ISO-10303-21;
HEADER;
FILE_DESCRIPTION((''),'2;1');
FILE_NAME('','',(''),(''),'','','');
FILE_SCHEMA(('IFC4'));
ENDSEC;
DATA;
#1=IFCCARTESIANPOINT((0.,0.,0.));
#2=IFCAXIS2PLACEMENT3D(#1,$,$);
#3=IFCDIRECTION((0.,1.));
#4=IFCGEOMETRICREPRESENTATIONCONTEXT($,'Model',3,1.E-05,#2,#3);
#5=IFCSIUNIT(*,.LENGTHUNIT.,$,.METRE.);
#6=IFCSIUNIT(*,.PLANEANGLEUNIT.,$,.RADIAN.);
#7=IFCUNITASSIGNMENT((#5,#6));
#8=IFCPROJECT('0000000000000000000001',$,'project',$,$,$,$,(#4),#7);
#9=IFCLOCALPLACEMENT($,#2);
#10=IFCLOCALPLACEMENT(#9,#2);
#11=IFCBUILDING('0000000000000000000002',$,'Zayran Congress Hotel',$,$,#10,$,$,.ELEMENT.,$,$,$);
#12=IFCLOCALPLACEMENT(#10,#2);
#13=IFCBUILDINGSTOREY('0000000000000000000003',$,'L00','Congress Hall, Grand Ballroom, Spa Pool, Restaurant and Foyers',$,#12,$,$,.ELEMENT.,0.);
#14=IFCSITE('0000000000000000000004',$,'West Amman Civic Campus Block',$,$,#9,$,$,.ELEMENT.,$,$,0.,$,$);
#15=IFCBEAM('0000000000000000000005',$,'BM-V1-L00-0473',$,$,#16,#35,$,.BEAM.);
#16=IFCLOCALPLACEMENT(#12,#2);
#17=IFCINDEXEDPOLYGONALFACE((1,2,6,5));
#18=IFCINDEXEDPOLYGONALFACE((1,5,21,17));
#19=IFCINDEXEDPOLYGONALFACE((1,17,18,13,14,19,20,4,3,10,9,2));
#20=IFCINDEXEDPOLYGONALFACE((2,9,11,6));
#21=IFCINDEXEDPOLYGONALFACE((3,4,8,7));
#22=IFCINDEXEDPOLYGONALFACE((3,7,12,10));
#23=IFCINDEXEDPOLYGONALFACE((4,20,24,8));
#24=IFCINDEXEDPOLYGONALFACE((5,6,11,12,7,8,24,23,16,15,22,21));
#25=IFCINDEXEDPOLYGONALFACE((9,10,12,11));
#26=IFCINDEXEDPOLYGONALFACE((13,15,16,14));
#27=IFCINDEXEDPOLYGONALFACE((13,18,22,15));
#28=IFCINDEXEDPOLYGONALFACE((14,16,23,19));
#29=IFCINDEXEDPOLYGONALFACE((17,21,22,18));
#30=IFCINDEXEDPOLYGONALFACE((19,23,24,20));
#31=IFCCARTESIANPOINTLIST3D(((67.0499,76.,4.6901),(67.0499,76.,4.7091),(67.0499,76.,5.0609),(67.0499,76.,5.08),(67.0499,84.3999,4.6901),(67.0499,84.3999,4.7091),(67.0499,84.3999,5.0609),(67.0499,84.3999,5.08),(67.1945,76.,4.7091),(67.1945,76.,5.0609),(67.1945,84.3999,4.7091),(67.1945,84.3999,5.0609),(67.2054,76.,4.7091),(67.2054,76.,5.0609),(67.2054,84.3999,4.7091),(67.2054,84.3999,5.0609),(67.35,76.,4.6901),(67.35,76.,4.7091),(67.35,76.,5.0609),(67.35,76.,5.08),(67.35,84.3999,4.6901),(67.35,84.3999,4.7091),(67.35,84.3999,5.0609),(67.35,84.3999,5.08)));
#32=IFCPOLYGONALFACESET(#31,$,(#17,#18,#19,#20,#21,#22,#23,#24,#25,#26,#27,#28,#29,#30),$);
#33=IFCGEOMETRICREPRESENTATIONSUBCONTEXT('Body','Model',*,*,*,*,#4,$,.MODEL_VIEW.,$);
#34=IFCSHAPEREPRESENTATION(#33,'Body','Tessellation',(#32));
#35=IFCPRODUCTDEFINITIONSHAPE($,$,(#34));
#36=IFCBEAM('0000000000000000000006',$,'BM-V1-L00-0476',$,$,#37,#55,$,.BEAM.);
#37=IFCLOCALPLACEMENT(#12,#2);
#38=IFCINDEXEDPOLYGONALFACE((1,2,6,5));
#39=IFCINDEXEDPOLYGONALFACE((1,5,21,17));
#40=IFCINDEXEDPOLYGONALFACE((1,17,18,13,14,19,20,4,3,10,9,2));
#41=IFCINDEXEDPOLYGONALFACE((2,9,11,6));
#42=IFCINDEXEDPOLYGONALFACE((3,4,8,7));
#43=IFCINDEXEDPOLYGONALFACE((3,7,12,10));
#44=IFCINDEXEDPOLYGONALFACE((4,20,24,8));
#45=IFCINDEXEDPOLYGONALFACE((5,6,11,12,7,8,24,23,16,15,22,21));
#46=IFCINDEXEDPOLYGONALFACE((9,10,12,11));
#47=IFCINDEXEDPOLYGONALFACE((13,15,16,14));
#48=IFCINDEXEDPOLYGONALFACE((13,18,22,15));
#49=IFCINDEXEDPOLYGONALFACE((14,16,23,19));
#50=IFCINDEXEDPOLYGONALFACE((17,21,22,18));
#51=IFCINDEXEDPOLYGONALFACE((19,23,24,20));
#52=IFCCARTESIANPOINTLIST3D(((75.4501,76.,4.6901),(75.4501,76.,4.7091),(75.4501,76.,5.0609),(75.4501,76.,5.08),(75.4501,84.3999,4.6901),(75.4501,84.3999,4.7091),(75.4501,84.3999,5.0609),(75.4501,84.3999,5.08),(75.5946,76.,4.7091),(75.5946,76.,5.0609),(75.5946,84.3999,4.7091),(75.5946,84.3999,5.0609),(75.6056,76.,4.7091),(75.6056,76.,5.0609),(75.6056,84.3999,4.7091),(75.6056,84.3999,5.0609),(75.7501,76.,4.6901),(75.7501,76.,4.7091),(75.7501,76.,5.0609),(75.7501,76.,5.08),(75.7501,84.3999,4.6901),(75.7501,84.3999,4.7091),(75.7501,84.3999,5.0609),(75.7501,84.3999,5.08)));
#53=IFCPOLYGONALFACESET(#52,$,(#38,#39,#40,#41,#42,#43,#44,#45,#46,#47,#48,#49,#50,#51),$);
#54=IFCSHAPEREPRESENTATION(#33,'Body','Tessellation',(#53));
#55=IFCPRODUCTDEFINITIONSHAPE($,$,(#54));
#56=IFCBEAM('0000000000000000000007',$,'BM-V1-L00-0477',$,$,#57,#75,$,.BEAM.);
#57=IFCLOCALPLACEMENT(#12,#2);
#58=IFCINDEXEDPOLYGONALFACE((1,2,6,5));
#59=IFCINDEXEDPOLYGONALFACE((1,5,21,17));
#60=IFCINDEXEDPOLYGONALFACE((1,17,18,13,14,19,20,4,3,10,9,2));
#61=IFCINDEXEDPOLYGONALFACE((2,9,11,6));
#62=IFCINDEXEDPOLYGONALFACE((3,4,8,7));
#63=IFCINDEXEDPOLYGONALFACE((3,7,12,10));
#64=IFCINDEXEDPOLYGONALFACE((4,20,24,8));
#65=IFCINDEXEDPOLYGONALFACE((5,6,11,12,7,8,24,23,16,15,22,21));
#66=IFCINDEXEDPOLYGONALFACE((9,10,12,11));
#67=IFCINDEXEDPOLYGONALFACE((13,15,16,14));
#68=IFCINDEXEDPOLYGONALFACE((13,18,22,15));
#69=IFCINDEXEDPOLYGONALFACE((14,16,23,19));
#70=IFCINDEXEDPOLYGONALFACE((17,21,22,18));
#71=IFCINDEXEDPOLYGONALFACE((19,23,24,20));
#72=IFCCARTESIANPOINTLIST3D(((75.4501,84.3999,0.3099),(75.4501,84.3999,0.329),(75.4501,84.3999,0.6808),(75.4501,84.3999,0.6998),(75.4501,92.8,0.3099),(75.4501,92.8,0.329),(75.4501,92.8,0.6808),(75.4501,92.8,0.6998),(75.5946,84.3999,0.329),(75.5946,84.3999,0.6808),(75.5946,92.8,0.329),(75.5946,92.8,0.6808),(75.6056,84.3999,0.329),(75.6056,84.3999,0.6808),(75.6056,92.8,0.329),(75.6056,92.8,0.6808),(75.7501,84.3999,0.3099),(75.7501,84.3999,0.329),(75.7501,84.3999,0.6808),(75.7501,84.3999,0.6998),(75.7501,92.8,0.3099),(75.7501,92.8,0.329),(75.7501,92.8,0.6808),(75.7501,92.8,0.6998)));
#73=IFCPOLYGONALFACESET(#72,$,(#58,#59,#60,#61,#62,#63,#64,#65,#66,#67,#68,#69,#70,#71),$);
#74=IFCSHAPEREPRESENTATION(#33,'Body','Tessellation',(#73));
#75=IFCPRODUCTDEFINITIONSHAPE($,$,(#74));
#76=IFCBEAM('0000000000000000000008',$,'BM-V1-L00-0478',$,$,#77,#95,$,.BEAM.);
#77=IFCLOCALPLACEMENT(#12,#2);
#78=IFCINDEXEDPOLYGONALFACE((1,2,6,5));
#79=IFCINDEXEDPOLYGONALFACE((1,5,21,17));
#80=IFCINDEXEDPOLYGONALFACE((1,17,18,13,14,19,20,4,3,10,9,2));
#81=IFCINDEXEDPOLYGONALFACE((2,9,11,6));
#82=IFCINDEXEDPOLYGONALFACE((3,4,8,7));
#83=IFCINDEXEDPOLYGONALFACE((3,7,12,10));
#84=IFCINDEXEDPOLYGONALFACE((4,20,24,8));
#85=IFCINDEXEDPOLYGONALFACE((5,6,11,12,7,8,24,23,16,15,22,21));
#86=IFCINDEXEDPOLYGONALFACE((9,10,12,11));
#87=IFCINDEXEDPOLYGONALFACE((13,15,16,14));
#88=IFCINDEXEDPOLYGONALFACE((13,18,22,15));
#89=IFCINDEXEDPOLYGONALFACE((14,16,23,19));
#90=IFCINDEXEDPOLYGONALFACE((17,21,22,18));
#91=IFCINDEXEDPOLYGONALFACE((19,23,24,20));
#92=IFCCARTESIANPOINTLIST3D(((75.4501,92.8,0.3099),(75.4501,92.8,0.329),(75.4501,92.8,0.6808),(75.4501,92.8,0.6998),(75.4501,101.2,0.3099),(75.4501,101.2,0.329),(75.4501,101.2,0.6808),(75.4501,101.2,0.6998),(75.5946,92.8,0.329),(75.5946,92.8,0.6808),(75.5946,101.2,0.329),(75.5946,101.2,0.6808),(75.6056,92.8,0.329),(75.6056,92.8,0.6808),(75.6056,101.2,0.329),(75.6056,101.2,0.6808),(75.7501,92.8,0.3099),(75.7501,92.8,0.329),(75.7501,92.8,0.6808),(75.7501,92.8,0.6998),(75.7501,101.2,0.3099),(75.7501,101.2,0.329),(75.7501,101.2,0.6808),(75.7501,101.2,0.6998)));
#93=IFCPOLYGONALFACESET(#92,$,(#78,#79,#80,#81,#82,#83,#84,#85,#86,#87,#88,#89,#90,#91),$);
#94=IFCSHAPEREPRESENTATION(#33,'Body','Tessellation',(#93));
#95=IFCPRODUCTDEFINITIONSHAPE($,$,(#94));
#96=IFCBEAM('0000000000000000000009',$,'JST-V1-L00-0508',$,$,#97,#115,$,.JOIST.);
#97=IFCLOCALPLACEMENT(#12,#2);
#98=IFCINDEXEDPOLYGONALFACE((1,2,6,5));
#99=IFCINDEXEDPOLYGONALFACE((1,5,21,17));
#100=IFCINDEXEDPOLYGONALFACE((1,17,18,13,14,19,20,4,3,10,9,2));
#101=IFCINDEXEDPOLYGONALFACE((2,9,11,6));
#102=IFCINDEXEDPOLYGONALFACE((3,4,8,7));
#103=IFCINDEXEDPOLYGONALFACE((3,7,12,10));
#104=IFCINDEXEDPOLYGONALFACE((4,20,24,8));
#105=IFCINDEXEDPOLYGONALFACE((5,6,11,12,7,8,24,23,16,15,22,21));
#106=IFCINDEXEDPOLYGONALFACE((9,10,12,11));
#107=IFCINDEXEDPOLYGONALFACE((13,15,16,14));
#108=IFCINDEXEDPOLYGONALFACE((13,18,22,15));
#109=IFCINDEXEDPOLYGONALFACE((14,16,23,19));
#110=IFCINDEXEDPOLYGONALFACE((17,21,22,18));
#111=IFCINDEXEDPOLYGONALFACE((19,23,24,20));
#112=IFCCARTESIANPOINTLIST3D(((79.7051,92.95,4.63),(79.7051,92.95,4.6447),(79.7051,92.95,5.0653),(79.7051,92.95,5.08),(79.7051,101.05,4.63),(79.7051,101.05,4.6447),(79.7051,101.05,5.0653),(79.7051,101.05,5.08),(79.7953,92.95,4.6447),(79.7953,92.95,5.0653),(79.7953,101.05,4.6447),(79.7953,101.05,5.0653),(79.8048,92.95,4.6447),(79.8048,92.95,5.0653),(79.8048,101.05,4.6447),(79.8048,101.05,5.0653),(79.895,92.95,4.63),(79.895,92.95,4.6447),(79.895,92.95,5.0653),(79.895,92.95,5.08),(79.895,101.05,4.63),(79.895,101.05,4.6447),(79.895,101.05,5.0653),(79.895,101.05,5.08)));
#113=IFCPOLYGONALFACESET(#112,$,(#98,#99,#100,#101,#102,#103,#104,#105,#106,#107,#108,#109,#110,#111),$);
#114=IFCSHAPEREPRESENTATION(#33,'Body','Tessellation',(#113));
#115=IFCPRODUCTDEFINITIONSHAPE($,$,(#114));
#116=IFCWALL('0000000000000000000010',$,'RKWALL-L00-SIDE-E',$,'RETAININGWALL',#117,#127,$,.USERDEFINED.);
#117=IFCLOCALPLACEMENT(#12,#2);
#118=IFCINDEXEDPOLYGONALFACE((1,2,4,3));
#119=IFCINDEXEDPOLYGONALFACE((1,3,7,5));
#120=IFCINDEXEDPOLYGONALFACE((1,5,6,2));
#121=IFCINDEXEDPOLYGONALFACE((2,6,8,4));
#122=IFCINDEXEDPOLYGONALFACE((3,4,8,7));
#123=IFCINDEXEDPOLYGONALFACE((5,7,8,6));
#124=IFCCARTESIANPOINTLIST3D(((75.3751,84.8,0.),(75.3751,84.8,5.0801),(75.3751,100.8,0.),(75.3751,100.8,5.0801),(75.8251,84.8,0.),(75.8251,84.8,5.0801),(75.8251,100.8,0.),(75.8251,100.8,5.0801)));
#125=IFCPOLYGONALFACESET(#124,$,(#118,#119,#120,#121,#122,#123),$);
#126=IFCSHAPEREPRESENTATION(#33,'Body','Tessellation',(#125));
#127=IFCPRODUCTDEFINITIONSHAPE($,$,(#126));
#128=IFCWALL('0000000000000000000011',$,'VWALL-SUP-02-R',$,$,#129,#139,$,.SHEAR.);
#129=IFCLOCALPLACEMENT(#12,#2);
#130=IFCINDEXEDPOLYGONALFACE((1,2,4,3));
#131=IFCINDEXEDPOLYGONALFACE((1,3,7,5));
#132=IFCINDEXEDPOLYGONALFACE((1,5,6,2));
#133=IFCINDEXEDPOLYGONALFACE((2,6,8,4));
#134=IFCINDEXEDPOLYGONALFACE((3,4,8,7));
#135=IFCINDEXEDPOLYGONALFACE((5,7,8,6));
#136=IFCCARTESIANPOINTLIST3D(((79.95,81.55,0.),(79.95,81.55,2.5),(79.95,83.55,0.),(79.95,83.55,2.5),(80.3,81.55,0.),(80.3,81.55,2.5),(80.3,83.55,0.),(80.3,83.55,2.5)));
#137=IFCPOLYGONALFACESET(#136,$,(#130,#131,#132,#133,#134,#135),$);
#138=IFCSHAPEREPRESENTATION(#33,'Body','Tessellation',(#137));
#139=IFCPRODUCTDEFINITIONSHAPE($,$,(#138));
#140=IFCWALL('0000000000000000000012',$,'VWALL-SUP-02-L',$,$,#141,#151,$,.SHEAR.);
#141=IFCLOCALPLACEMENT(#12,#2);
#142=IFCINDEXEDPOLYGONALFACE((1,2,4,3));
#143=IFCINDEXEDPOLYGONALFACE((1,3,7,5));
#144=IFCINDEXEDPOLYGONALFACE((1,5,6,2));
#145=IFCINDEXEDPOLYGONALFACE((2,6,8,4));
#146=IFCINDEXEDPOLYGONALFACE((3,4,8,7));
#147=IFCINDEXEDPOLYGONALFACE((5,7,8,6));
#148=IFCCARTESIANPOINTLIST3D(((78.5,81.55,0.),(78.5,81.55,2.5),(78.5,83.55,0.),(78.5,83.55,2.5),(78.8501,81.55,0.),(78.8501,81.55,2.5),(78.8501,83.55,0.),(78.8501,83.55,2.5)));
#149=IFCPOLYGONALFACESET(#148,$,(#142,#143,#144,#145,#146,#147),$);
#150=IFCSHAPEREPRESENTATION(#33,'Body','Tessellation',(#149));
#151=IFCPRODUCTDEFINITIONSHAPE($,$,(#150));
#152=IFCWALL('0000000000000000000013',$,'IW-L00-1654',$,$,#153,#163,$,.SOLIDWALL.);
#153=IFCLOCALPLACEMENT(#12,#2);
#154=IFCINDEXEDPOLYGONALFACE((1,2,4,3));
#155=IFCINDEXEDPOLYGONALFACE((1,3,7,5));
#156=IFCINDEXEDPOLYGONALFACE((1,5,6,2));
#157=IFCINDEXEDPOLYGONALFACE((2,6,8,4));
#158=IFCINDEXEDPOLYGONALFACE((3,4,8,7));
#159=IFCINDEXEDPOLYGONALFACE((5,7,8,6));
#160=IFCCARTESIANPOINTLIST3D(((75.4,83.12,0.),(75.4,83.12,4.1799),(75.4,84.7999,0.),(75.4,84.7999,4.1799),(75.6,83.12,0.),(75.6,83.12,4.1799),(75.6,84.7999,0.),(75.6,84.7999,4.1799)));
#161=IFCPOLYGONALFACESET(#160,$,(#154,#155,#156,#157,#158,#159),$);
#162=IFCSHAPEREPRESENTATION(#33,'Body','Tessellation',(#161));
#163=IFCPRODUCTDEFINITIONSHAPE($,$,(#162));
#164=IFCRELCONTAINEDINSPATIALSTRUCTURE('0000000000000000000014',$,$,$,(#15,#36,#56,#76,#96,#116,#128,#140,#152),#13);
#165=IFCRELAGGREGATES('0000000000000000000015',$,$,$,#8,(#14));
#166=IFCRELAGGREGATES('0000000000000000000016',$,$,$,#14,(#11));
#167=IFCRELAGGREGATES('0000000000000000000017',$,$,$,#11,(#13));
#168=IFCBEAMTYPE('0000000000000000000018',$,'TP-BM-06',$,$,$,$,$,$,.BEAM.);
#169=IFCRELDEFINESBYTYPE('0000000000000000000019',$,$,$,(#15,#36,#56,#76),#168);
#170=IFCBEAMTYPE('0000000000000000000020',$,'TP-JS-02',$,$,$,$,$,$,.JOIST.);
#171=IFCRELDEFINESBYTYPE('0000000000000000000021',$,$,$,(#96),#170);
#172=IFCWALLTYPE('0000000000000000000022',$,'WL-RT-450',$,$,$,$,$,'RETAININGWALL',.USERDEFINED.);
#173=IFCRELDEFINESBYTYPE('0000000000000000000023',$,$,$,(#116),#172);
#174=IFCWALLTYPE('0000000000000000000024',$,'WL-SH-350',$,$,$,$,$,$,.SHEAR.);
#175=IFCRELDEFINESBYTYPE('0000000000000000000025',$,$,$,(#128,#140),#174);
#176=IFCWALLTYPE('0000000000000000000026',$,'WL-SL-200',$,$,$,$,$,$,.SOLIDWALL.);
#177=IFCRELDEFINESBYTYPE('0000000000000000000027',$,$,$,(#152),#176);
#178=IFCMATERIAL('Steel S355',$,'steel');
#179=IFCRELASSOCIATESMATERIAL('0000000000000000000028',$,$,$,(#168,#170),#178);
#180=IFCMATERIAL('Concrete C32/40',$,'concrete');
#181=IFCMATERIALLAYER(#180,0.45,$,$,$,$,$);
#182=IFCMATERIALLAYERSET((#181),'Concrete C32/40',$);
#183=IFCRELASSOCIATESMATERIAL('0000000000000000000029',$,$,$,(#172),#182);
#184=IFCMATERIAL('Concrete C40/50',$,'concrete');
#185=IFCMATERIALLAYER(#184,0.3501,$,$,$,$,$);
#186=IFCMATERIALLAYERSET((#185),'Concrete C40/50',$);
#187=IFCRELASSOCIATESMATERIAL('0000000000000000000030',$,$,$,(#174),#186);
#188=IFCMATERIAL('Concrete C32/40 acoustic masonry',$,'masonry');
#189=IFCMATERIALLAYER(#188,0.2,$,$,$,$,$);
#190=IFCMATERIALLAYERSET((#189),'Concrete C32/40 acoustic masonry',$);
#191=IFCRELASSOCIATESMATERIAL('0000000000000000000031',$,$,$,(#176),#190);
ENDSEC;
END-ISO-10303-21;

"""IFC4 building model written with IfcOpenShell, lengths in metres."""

from ifc_helpers import new_model, si_unit, direction, frame, frame_2d, origin, origin_2d, place, context, subcontext, project, spatial, rectangle, i_section, extrude, material, layer, layer_set, material_profile, profile_set, type_object, element, save


model = new_model("IFC4")

# Units and contexts
model_context = context("Model", 3, precision=1e-05, world=origin(), true_north=direction((0.0, 1.0)))
body_context = subcontext(model_context, "Body", "Model", "MODEL_VIEW")
ifc_project = project(units=[si_unit("LENGTHUNIT", "METRE"), si_unit("PLANEANGLEUNIT", "RADIAN")], contexts=[model_context])

# Site, building, storey
site_placement = place(None, origin())
site = spatial("IfcSite", under=ifc_project, at=site_placement, Name="West Amman Civic Campus Block", CompositionType="ELEMENT", RefElevation=0.0)
building_placement = place(site_placement, origin())
building = spatial("IfcBuilding", under=site, at=building_placement, Name="Zayran Congress Hotel", CompositionType="ELEMENT")
storey_placement = place(building_placement, origin())
storey = spatial("IfcBuildingStorey", under=building, at=storey_placement, Name="L00", Description="Congress Hall, Grand Ballroom, Spa Pool, Restaurant and Foyers", CompositionType="ELEMENT", Elevation=0.0)

# Shared definitions
ifc_material_1 = material(Name="Concrete C40/50", Category="concrete")

# Beams
ifc_material_2 = material(Name="Steel S355", Category="steel")
ifc_material_profile_1 = material_profile(ifc_material_2, i_section(OverallWidth=0.3, OverallDepth=0.3899, WebThickness=0.011, FlangeThickness=0.019, at=origin_2d()), Name="HEA 400")
ifc_profile_set_1 = profile_set([ifc_material_profile_1], Name="Steel S355")
beam_type_1 = type_object("IfcBeamType", Name="TP-BM-06", PredefinedType="BEAM", material=ifc_profile_set_1)
for number, where, z_axis, x_axis, name in (
    (1, (67.2, 76.0, 4.885), (0.0, 1.0, 0.0), (-1.0, 0.0, 0.0), "BM-V1-L00-0473"),
    (2, (75.6001, 76.0, 4.885), (0.0, 1.0, 0.0), (-1.0, 0.0, 0.0), "BM-V1-L00-0476"),
):
    element("IfcBeam", number, at=place(storey_placement, frame(where, z_axis=z_axis, x_axis=x_axis)), inside=storey, type_object=beam_type_1, Name=name, PredefinedType="BEAM", context=body_context, shape_type="SweptSolid", body=[
        extrude(i_section(OverallWidth=0.3, OverallDepth=0.3899, WebThickness=0.011, FlangeThickness=0.019, at=origin_2d()), origin(), (0.0, 0.0, 1.0), 8.3999),
    ])
beam_1_placement = place(storey_placement, frame((75.6001, 84.3999, 0.5049), z_axis=(0.0, 1.0, 0.0), x_axis=(-1.0, 0.0, 0.0)))
element("IfcBeam", 3, at=beam_1_placement, inside=storey, type_object=beam_type_1, Name="BM-V1-L00-0477", PredefinedType="BEAM", context=body_context, shape_type="SweptSolid", body=[
    extrude(i_section(OverallWidth=0.3, OverallDepth=0.3899, WebThickness=0.011, FlangeThickness=0.019, at=origin_2d()), origin(), (0.0, 0.0, 1.0), 8.4001),
])
beam_2_placement = place(storey_placement, frame((75.6001, 92.8, 0.5049), z_axis=(0.0, 1.0, 0.0), x_axis=(-1.0, 0.0, 0.0)))
element("IfcBeam", 4, at=beam_2_placement, inside=storey, type_object=beam_type_1, Name="BM-V1-L00-0478", PredefinedType="BEAM", context=body_context, shape_type="SweptSolid", body=[
    extrude(i_section(OverallWidth=0.3, OverallDepth=0.3899, WebThickness=0.011, FlangeThickness=0.019, at=origin_2d()), origin(), (0.0, 0.0, 1.0), 8.3999),
])
ifc_material_profile_2 = material_profile(ifc_material_2, i_section(OverallWidth=0.1899, OverallDepth=0.45, WebThickness=0.0095, FlangeThickness=0.0146, at=origin_2d()), Name="IPE 450")
ifc_profile_set_2 = profile_set([ifc_material_profile_2], Name="Steel S355")
beam_type_2 = type_object("IfcBeamType", Name="TP-JS-02", PredefinedType="JOIST", material=ifc_profile_set_2)
beam_3_placement = place(storey_placement, frame((79.8, 92.95, 4.855), z_axis=(0.0, 1.0, 0.0), x_axis=(-1.0, 0.0, 0.0)))
element("IfcBeam", 5, at=beam_3_placement, inside=storey, type_object=beam_type_2, Name="JST-V1-L00-0508", PredefinedType="JOIST", context=body_context, shape_type="SweptSolid", body=[
    extrude(i_section(OverallWidth=0.1899, OverallDepth=0.45, WebThickness=0.0095, FlangeThickness=0.0146, at=origin_2d()), origin(), (0.0, 0.0, 1.0), 8.1001),
])

# Walls
ifc_material_3 = material(Name="Concrete C32/40", Category="concrete")
ifc_layer_1 = layer(ifc_material_3, 0.45)
ifc_layer_set_1 = layer_set([ifc_layer_1], Name="Concrete C32/40")
wall_type_1 = type_object("IfcWallType", Name="WL-RT-450", ElementType="RETAININGWALL", PredefinedType="USERDEFINED", material=ifc_layer_set_1)
wall_1_placement = place(storey_placement, frame((75.6001, 84.8, 0.0), z_axis=(0.0, 0.0, 1.0), x_axis=(0.0, 1.0, 0.0)))
element("IfcWall", 6, at=wall_1_placement, inside=storey, type_object=wall_type_1, Name="RKWALL-L00-SIDE-E", ObjectType="RETAININGWALL", PredefinedType="USERDEFINED", context=body_context, shape_type="SweptSolid", body=[
    extrude(rectangle(XDim=16.0, YDim=0.45, at=frame_2d((8.0, 0.0))), origin(), (0.0, 0.0, 1.0), 5.0801),
])
ifc_layer_2 = layer(ifc_material_1, 0.3501)
ifc_layer_set_2 = layer_set([ifc_layer_2], Name="Concrete C40/50")
wall_type_2 = type_object("IfcWallType", Name="WL-SH-350", PredefinedType="SHEAR", material=ifc_layer_set_2)
for number, where, z_axis, x_axis, name in (
    (7, (80.125, 81.55, 0.0), (0.0, 0.0, 1.0), (0.0, 1.0, 0.0), "VWALL-SUP-02-R"),
    (8, (78.675, 81.55, 0.0), (0.0, 0.0, 1.0), (0.0, 1.0, 0.0), "VWALL-SUP-02-L"),
):
    element("IfcWall", number, at=place(storey_placement, frame(where, z_axis=z_axis, x_axis=x_axis)), inside=storey, type_object=wall_type_2, Name=name, PredefinedType="SHEAR", context=body_context, shape_type="SweptSolid", body=[
        extrude(rectangle(XDim=2.0, YDim=0.3501, at=frame_2d((1.0, 0.0))), origin(), (0.0, 0.0, 1.0), 2.5),
    ])
ifc_material_4 = material(Name="Concrete C32/40 acoustic masonry", Category="masonry")
ifc_layer_3 = layer(ifc_material_4, 0.2)
ifc_layer_set_3 = layer_set([ifc_layer_3], Name="Concrete C32/40 acoustic masonry")
wall_type_3 = type_object("IfcWallType", Name="WL-SL-200", PredefinedType="SOLIDWALL", material=ifc_layer_set_3)
wall_2_placement = place(storey_placement, frame((75.5, 83.1201, 0.0), z_axis=(0.0, 0.0, 1.0), x_axis=(0.0, 1.0, 0.0)))
element("IfcWall", 9, at=wall_2_placement, inside=storey, type_object=wall_type_3, Name="IW-L00-1654", PredefinedType="SOLIDWALL", context=body_context, shape_type="SweptSolid", body=[
    extrude(rectangle(XDim=1.6799, YDim=0.2, at=frame_2d((0.8398, 0.0))), origin(), (0.0, 0.0, 1.0), 4.1799),
])

save(model, "model.ifc")
